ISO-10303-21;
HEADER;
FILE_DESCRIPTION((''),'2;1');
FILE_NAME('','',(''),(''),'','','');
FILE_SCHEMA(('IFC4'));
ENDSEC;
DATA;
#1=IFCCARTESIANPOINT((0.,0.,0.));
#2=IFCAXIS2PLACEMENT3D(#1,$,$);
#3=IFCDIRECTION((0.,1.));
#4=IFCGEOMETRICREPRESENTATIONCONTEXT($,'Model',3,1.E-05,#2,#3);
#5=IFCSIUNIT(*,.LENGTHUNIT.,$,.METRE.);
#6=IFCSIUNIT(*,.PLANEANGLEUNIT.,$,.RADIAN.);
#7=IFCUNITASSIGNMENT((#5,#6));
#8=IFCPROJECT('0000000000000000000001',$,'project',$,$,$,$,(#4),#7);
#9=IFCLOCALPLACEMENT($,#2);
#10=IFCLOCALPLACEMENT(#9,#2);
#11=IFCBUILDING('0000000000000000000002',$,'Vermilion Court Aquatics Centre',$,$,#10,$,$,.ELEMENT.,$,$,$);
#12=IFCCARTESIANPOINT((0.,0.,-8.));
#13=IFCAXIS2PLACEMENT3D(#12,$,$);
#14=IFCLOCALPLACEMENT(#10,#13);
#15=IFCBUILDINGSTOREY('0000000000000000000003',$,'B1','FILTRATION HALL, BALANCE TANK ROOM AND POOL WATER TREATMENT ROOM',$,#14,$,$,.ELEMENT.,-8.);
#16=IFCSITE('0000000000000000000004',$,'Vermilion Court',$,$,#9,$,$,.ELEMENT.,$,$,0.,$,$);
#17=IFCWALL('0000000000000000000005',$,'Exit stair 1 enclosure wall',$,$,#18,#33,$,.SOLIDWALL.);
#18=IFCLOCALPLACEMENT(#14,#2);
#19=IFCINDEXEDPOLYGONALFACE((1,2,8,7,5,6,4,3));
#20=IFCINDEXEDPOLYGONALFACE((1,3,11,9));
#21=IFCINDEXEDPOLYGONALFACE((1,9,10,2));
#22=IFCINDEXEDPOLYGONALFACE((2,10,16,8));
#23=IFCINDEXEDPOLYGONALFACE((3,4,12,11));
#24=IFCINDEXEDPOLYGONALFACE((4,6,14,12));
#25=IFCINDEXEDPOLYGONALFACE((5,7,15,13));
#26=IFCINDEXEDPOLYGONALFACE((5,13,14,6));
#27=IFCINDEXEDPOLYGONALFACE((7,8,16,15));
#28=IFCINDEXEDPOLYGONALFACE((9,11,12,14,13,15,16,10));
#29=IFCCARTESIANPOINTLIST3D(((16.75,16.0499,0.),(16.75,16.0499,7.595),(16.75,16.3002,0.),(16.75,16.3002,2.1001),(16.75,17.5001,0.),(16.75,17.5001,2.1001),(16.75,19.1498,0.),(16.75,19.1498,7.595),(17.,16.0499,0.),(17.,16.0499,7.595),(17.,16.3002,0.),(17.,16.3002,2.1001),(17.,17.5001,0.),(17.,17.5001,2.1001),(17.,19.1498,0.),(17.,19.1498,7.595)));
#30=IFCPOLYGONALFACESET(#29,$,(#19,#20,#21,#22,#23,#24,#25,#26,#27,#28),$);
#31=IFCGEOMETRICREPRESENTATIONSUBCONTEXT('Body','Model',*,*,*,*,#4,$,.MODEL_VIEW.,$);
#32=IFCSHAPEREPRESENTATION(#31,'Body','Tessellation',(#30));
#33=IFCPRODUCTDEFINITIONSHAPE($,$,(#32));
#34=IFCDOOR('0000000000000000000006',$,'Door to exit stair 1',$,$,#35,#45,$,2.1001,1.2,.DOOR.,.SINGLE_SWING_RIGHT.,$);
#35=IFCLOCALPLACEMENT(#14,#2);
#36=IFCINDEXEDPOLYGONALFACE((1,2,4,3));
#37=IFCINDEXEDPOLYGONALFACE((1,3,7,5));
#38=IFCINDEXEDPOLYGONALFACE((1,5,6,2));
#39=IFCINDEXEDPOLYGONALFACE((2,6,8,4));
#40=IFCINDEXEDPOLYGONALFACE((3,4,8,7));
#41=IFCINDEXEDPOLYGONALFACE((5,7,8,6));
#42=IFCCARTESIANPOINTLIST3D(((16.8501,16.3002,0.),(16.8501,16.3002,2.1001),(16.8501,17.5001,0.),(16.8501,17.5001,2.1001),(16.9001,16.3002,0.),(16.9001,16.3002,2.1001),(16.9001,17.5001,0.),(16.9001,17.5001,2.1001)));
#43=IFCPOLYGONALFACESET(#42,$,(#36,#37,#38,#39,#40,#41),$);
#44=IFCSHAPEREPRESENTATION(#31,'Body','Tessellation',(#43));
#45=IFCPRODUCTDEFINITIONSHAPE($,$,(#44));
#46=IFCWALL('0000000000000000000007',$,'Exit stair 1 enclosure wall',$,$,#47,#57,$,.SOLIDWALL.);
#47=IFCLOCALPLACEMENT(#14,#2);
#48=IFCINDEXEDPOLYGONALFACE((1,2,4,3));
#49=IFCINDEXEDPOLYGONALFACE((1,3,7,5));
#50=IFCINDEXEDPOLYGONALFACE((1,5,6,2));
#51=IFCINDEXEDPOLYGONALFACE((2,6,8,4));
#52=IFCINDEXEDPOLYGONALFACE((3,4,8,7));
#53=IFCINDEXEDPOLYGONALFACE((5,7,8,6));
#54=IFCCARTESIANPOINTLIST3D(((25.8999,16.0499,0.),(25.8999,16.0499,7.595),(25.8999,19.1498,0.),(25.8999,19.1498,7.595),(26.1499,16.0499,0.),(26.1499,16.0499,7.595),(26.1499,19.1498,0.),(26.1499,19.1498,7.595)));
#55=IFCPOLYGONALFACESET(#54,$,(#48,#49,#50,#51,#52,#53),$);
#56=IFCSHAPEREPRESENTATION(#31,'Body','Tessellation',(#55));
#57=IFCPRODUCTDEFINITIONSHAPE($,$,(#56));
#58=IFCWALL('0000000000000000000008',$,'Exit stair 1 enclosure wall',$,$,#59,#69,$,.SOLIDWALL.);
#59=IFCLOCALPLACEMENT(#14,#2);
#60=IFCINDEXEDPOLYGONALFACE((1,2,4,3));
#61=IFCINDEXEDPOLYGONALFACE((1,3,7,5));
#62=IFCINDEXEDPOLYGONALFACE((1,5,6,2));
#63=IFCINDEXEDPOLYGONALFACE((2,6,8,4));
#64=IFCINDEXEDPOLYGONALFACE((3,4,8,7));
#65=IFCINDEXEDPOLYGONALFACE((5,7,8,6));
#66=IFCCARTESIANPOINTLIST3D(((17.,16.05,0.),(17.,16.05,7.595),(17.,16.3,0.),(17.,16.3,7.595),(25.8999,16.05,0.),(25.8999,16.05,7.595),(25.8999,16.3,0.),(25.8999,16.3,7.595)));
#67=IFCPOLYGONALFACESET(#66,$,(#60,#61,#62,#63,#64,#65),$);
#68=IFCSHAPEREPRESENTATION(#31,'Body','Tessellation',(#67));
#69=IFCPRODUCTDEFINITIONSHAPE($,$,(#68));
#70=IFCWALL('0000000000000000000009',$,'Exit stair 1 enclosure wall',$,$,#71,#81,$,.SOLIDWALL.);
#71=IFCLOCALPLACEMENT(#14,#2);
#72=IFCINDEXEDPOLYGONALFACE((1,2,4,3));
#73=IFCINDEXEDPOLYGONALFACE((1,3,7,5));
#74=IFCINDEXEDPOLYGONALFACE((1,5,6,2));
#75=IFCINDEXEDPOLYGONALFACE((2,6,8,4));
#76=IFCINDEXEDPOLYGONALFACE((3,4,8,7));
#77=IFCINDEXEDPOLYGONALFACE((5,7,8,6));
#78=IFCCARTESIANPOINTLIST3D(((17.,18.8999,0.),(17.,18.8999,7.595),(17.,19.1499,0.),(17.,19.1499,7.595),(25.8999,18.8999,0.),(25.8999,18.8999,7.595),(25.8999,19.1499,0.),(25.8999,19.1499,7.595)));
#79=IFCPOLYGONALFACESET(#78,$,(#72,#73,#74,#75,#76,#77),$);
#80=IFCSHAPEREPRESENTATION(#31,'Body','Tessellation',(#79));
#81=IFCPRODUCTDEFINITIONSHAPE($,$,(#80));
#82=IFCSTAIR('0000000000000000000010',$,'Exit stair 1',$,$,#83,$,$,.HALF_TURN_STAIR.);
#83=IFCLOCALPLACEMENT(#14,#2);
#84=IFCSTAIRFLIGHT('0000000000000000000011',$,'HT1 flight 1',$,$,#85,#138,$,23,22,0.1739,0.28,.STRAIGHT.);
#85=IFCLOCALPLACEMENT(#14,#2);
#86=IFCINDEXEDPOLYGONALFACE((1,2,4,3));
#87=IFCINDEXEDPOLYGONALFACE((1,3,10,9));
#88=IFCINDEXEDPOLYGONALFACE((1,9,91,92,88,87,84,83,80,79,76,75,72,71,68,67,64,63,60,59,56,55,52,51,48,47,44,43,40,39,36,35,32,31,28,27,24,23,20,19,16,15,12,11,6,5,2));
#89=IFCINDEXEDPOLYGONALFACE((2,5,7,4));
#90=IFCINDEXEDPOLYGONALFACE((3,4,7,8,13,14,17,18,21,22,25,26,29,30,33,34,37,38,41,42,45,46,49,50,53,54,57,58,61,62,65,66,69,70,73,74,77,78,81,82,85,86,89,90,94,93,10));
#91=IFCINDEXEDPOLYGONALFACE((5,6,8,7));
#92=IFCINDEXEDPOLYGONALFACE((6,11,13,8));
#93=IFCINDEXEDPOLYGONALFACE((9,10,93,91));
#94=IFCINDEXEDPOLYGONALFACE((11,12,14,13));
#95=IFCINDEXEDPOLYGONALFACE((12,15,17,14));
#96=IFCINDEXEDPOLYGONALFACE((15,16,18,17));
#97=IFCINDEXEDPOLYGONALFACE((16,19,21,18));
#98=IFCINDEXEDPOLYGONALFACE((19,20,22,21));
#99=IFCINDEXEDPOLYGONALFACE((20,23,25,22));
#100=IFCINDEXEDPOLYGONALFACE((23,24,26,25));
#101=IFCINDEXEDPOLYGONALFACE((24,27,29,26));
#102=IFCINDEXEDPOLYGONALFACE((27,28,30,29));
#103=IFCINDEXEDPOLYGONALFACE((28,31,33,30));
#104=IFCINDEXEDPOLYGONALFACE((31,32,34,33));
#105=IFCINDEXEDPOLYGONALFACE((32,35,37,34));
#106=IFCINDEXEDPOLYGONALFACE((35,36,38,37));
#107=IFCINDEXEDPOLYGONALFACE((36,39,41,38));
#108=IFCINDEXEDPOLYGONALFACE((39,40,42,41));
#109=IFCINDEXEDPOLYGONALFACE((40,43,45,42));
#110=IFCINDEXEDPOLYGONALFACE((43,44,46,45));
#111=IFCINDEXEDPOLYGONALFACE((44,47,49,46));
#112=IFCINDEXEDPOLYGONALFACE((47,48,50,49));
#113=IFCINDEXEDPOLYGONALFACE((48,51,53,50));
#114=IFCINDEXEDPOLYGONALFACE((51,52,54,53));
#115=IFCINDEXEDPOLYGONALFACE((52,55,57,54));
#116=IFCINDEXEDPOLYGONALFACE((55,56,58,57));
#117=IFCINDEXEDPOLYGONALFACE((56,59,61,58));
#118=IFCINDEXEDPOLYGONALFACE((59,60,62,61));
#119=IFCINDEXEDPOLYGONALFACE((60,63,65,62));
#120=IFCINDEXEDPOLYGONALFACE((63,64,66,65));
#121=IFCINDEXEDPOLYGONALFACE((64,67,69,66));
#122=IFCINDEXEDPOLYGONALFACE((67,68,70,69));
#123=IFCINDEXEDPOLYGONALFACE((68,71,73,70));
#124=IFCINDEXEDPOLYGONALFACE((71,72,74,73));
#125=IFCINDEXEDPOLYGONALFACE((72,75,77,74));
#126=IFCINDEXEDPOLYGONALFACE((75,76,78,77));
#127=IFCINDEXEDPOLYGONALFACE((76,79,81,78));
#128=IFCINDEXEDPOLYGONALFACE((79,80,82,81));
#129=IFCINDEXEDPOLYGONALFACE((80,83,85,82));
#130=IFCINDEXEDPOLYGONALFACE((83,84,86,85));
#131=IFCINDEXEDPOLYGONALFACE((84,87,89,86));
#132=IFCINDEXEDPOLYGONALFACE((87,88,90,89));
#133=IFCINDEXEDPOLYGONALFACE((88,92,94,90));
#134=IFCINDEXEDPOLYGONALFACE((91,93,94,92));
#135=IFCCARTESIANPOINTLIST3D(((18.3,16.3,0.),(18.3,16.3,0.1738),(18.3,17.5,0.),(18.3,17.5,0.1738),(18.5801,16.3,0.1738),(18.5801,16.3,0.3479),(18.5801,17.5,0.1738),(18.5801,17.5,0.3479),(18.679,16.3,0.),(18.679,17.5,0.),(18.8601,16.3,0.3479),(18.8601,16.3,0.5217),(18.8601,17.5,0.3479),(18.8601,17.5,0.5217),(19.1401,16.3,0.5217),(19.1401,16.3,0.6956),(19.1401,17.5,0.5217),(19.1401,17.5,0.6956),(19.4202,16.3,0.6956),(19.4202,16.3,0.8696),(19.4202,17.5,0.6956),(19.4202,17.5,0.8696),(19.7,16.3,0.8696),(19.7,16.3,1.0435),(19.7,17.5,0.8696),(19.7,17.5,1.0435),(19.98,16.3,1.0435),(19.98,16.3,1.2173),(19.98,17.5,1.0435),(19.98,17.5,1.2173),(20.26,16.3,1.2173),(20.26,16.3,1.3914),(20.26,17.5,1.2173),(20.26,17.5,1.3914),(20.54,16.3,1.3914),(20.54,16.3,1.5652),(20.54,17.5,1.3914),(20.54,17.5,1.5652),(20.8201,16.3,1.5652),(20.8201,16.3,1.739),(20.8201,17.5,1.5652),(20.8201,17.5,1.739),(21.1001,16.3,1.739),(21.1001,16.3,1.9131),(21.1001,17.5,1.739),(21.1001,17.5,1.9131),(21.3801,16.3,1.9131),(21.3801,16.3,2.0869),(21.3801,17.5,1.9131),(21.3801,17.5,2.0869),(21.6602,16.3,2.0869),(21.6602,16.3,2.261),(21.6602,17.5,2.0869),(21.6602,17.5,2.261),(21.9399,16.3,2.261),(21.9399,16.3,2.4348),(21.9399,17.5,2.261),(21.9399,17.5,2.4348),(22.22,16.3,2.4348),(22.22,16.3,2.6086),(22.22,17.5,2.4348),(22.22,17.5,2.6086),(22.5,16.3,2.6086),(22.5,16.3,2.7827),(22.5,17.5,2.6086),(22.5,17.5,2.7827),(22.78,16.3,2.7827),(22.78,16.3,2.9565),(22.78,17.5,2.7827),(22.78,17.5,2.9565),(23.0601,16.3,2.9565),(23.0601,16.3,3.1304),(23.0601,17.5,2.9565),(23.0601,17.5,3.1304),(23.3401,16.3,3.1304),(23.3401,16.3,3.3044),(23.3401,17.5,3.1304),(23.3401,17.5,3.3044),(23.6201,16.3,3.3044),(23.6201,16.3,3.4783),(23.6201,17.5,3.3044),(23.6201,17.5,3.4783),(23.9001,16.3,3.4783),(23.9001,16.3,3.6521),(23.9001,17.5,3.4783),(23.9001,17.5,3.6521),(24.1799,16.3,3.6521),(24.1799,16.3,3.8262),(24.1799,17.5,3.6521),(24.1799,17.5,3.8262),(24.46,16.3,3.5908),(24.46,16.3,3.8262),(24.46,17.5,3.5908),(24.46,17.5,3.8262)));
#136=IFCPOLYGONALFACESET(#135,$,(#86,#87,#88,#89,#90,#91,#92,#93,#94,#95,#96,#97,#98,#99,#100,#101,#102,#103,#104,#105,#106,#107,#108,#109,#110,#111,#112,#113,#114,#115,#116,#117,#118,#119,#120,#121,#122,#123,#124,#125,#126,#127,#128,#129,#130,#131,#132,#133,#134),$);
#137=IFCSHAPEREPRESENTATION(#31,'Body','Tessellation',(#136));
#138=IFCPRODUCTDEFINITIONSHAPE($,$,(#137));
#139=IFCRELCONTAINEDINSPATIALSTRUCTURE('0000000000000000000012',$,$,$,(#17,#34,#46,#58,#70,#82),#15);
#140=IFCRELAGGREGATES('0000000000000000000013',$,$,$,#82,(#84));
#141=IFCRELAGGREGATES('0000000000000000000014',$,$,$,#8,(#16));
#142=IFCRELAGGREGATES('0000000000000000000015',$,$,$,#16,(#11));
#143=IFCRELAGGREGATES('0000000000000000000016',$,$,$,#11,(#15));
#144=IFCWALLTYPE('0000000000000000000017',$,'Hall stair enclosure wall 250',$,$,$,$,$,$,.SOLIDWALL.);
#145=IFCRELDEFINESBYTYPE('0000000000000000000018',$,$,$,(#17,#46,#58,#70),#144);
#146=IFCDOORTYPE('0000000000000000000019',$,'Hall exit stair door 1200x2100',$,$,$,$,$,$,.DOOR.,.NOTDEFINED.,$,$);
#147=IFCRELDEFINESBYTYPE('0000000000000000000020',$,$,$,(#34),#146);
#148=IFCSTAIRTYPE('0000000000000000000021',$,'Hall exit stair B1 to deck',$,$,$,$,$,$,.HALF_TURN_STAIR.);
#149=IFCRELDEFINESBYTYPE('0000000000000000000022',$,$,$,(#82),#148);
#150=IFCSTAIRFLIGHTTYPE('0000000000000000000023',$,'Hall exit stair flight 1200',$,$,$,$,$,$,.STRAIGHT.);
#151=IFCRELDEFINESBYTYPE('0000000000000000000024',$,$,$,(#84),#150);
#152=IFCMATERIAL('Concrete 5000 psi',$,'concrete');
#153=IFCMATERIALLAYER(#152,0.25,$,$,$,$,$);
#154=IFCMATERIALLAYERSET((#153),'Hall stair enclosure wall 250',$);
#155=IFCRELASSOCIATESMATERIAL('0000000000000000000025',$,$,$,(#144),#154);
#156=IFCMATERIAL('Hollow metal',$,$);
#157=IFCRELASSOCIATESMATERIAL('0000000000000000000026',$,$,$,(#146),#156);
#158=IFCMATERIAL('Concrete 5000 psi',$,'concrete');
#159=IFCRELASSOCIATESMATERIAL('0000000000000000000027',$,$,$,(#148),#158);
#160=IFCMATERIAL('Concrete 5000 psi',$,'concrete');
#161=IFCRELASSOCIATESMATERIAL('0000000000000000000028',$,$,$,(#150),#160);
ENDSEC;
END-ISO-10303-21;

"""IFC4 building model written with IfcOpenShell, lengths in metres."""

from ifc_helpers import new_model, si_unit, direction, frame, frame_2d, origin, place, context, subcontext, project, spatial, polyline, rectangle, outline, extrude, material, layer, layer_set, type_object, element, fill, aggregate, save


model = new_model("IFC4")

# Units and contexts
model_context = context("Model", 3, precision=1e-05, world=origin(), true_north=direction((0.0, 1.0)))
body_context = subcontext(model_context, "Body", "Model", "MODEL_VIEW")
ifc_project = project(units=[si_unit("LENGTHUNIT", "METRE"), si_unit("PLANEANGLEUNIT", "RADIAN")], contexts=[model_context])

# Site, building, storey
site_placement = place(None, origin())
site = spatial("IfcSite", under=ifc_project, at=site_placement, Name="Vermilion Court", CompositionType="ELEMENT", RefElevation=0.0)
building_placement = place(site_placement, origin())
building = spatial("IfcBuilding", under=site, at=building_placement, Name="Vermilion Court Aquatics Centre", CompositionType="ELEMENT")
storey_placement = place(building_placement, frame((0.0, 0.0, -8.0)))
storey = spatial("IfcBuildingStorey", under=building, at=storey_placement, Name="B1", Description="FILTRATION HALL, BALANCE TANK ROOM AND POOL WATER TREATMENT ROOM", CompositionType="ELEMENT", Elevation=-8.0)

# Wall, opening, door
ifc_material_1 = material(Name="Concrete 5000 psi", Category="concrete")
ifc_layer_1 = layer(ifc_material_1, 0.25)
ifc_layer_set_1 = layer_set([ifc_layer_1], Name="Hall stair enclosure wall 250")
wall_type_1 = type_object("IfcWallType", Name="Hall stair enclosure wall 250", PredefinedType="SOLIDWALL", material=ifc_layer_set_1)
wall_1_placement = place(storey_placement, frame((16.875, 16.05, 0.0), z_axis=(0.0, 0.0, 1.0), x_axis=(0.0, 1.0, 0.0)))
wall_1 = element("IfcWall", 1, at=wall_1_placement, inside=storey, type_object=wall_type_1, Name="Exit stair 1 enclosure wall", PredefinedType="SOLIDWALL", context=body_context, shape_type="SweptSolid", body=[
    extrude(rectangle(XDim=3.0999, YDim=0.25, at=frame_2d((1.5498, 0.0))), origin(), (0.0, 0.0, 1.0), 7.595),
])
opening_placement = place(wall_1_placement, frame((0.25, 0.0, 0.0)))
opening = element("IfcOpeningElement", 2, at=opening_placement, cuts=wall_1, PredefinedType="OPENING", context=body_context, shape_type="SweptSolid", body=[
    extrude(rectangle(XDim=1.2, YDim=2.1001, at=frame_2d((0.6001, 1.05))), frame((0.0, 0.135, 0.0), z_axis=(0.0, -1.0, 0.0), x_axis=(1.0, 0.0, 0.0)), (0.0, 0.0, 1.0), 0.27),
])
ifc_material_2 = material(Name="Hollow metal")
door_type = type_object("IfcDoorType", Name="Hall exit stair door 1200x2100", OperationType="NOTDEFINED", PredefinedType="DOOR", material=ifc_material_2)
door_placement = place(opening_placement, frame((1.2, 0.0, 0.0), z_axis=(0.0, 0.0, 1.0), x_axis=(-1.0, 0.0, 0.0)))
door = element("IfcDoor", 3, at=door_placement, inside=storey, type_object=door_type, Name="Door to exit stair 1", OperationType="SINGLE_SWING_RIGHT", OverallHeight=2.1001, OverallWidth=1.2, PredefinedType="DOOR", context=body_context, shape_type="SweptSolid", body=[
    extrude(rectangle(XDim=1.2, YDim=2.1001, at=frame_2d((0.5999, 1.05))), frame((0.0, 0.0251, 0.0), z_axis=(0.0, -1.0, 0.0), x_axis=(1.0, 0.0, 0.0)), (0.0, 0.0, 1.0), 0.05),
])
fill(opening, door)

# Walls
wall_2_placement = place(storey_placement, frame((26.0249, 16.05, 0.0), z_axis=(0.0, 0.0, 1.0), x_axis=(0.0, 1.0, 0.0)))
element("IfcWall", 4, at=wall_2_placement, inside=storey, type_object=wall_type_1, Name="Exit stair 1 enclosure wall", PredefinedType="SOLIDWALL", context=body_context, shape_type="SweptSolid", body=[
    extrude(rectangle(XDim=3.0999, YDim=0.25, at=frame_2d((1.5498, 0.0))), origin(), (0.0, 0.0, 1.0), 7.595),
])
for number, where, z_axis, x_axis, name in (
    (5, (17.0, 16.175, 0.0), (0.0, 0.0, 1.0), (1.0, 0.0, 0.0), "Exit stair 1 enclosure wall"),
    (6, (17.0, 19.0249, 0.0), (0.0, 0.0, 1.0), (1.0, 0.0, 0.0), "Exit stair 1 enclosure wall"),
):
    element("IfcWall", number, at=place(storey_placement, frame(where, z_axis=z_axis, x_axis=x_axis)), inside=storey, type_object=wall_type_1, Name=name, PredefinedType="SOLIDWALL", context=body_context, shape_type="SweptSolid", body=[
        extrude(rectangle(XDim=8.8999, YDim=0.25, at=frame_2d((4.45, 0.0))), origin(), (0.0, 0.0, 1.0), 7.595),
    ])

# Stair, stair flight
ifc_material_3 = material(Name="Concrete 5000 psi", Category="concrete")
stair_type = type_object("IfcStairType", Name="Hall exit stair B1 to deck", PredefinedType="HALF_TURN_STAIR", material=ifc_material_3)
stair_placement = place(storey_placement, origin())
stair = element("IfcStair", 7, at=stair_placement, inside=storey, type_object=stair_type, Name="Exit stair 1", PredefinedType="HALF_TURN_STAIR")
ifc_material_4 = material(Name="Concrete 5000 psi", Category="concrete")
stair_flight_type = type_object("IfcStairFlightType", Name="Hall exit stair flight 1200", PredefinedType="STRAIGHT", material=ifc_material_4)
stair_flight_1_placement = place(storey_placement, frame((18.3, 16.8999, 0.0), z_axis=(0.0, 0.0, 1.0), x_axis=(1.0, 0.0, 0.0)))
stair_flight_1 = element("IfcStairFlight", 8, at=stair_flight_1_placement, type_object=stair_flight_type, Name="HT1 flight 1", NumberOfRisers=23, NumberOfTreads=22, PredefinedType="STRAIGHT", RiserHeight=0.1739, TreadLength=0.28, context=body_context, shape_type="SweptSolid", body=[
    extrude(outline(polyline([(0.0, 0.0), (0.0, 0.1738), (0.28, 0.1738), (0.28, 0.3479), (0.5601, 0.3479), (0.5601, 0.5217), (0.8401, 0.5217), (0.8401, 0.6956), (1.1201, 0.6956), (1.1201, 0.8696), (1.3999, 0.8696), (1.3999, 1.0435), (1.6799, 1.0435), (1.6799, 1.2173), (1.96, 1.2173), (1.96, 1.3914), (2.24, 1.3914), (2.24, 1.5652), (2.52, 1.5652), (2.52, 1.739), (2.8, 1.739), (2.8, 1.9131), (3.0801, 1.9131), (3.0801, 2.0869), (3.3601, 2.0869), (3.3601, 2.261), (3.6399, 2.261), (3.6399, 2.4348), (3.9199, 2.4348), (3.9199, 2.6086), (4.2, 2.6086), (4.2, 2.7827), (4.48, 2.7827), (4.48, 2.9565), (4.76, 2.9565), (4.76, 3.1304), (5.04, 3.1304), (5.04, 3.3044), (5.3201, 3.3044), (5.3201, 3.4783), (5.6001, 3.4783), (5.6001, 3.6521), (5.8799, 3.6521), (5.8799, 3.8262), (6.1599, 3.8262), (6.1599, 4.0), (6.1599, 3.5908), (0.3789, 0.0), (0.0, 0.0)])), frame((0.0, 0.6001, 0.0), z_axis=(0.0, -1.0, 0.0), x_axis=(1.0, 0.0, 0.0)), (0.0, 0.0, 1.0), 1.2),
])
aggregate(stair, [stair_flight_1])

save(model, "model.ifc")
